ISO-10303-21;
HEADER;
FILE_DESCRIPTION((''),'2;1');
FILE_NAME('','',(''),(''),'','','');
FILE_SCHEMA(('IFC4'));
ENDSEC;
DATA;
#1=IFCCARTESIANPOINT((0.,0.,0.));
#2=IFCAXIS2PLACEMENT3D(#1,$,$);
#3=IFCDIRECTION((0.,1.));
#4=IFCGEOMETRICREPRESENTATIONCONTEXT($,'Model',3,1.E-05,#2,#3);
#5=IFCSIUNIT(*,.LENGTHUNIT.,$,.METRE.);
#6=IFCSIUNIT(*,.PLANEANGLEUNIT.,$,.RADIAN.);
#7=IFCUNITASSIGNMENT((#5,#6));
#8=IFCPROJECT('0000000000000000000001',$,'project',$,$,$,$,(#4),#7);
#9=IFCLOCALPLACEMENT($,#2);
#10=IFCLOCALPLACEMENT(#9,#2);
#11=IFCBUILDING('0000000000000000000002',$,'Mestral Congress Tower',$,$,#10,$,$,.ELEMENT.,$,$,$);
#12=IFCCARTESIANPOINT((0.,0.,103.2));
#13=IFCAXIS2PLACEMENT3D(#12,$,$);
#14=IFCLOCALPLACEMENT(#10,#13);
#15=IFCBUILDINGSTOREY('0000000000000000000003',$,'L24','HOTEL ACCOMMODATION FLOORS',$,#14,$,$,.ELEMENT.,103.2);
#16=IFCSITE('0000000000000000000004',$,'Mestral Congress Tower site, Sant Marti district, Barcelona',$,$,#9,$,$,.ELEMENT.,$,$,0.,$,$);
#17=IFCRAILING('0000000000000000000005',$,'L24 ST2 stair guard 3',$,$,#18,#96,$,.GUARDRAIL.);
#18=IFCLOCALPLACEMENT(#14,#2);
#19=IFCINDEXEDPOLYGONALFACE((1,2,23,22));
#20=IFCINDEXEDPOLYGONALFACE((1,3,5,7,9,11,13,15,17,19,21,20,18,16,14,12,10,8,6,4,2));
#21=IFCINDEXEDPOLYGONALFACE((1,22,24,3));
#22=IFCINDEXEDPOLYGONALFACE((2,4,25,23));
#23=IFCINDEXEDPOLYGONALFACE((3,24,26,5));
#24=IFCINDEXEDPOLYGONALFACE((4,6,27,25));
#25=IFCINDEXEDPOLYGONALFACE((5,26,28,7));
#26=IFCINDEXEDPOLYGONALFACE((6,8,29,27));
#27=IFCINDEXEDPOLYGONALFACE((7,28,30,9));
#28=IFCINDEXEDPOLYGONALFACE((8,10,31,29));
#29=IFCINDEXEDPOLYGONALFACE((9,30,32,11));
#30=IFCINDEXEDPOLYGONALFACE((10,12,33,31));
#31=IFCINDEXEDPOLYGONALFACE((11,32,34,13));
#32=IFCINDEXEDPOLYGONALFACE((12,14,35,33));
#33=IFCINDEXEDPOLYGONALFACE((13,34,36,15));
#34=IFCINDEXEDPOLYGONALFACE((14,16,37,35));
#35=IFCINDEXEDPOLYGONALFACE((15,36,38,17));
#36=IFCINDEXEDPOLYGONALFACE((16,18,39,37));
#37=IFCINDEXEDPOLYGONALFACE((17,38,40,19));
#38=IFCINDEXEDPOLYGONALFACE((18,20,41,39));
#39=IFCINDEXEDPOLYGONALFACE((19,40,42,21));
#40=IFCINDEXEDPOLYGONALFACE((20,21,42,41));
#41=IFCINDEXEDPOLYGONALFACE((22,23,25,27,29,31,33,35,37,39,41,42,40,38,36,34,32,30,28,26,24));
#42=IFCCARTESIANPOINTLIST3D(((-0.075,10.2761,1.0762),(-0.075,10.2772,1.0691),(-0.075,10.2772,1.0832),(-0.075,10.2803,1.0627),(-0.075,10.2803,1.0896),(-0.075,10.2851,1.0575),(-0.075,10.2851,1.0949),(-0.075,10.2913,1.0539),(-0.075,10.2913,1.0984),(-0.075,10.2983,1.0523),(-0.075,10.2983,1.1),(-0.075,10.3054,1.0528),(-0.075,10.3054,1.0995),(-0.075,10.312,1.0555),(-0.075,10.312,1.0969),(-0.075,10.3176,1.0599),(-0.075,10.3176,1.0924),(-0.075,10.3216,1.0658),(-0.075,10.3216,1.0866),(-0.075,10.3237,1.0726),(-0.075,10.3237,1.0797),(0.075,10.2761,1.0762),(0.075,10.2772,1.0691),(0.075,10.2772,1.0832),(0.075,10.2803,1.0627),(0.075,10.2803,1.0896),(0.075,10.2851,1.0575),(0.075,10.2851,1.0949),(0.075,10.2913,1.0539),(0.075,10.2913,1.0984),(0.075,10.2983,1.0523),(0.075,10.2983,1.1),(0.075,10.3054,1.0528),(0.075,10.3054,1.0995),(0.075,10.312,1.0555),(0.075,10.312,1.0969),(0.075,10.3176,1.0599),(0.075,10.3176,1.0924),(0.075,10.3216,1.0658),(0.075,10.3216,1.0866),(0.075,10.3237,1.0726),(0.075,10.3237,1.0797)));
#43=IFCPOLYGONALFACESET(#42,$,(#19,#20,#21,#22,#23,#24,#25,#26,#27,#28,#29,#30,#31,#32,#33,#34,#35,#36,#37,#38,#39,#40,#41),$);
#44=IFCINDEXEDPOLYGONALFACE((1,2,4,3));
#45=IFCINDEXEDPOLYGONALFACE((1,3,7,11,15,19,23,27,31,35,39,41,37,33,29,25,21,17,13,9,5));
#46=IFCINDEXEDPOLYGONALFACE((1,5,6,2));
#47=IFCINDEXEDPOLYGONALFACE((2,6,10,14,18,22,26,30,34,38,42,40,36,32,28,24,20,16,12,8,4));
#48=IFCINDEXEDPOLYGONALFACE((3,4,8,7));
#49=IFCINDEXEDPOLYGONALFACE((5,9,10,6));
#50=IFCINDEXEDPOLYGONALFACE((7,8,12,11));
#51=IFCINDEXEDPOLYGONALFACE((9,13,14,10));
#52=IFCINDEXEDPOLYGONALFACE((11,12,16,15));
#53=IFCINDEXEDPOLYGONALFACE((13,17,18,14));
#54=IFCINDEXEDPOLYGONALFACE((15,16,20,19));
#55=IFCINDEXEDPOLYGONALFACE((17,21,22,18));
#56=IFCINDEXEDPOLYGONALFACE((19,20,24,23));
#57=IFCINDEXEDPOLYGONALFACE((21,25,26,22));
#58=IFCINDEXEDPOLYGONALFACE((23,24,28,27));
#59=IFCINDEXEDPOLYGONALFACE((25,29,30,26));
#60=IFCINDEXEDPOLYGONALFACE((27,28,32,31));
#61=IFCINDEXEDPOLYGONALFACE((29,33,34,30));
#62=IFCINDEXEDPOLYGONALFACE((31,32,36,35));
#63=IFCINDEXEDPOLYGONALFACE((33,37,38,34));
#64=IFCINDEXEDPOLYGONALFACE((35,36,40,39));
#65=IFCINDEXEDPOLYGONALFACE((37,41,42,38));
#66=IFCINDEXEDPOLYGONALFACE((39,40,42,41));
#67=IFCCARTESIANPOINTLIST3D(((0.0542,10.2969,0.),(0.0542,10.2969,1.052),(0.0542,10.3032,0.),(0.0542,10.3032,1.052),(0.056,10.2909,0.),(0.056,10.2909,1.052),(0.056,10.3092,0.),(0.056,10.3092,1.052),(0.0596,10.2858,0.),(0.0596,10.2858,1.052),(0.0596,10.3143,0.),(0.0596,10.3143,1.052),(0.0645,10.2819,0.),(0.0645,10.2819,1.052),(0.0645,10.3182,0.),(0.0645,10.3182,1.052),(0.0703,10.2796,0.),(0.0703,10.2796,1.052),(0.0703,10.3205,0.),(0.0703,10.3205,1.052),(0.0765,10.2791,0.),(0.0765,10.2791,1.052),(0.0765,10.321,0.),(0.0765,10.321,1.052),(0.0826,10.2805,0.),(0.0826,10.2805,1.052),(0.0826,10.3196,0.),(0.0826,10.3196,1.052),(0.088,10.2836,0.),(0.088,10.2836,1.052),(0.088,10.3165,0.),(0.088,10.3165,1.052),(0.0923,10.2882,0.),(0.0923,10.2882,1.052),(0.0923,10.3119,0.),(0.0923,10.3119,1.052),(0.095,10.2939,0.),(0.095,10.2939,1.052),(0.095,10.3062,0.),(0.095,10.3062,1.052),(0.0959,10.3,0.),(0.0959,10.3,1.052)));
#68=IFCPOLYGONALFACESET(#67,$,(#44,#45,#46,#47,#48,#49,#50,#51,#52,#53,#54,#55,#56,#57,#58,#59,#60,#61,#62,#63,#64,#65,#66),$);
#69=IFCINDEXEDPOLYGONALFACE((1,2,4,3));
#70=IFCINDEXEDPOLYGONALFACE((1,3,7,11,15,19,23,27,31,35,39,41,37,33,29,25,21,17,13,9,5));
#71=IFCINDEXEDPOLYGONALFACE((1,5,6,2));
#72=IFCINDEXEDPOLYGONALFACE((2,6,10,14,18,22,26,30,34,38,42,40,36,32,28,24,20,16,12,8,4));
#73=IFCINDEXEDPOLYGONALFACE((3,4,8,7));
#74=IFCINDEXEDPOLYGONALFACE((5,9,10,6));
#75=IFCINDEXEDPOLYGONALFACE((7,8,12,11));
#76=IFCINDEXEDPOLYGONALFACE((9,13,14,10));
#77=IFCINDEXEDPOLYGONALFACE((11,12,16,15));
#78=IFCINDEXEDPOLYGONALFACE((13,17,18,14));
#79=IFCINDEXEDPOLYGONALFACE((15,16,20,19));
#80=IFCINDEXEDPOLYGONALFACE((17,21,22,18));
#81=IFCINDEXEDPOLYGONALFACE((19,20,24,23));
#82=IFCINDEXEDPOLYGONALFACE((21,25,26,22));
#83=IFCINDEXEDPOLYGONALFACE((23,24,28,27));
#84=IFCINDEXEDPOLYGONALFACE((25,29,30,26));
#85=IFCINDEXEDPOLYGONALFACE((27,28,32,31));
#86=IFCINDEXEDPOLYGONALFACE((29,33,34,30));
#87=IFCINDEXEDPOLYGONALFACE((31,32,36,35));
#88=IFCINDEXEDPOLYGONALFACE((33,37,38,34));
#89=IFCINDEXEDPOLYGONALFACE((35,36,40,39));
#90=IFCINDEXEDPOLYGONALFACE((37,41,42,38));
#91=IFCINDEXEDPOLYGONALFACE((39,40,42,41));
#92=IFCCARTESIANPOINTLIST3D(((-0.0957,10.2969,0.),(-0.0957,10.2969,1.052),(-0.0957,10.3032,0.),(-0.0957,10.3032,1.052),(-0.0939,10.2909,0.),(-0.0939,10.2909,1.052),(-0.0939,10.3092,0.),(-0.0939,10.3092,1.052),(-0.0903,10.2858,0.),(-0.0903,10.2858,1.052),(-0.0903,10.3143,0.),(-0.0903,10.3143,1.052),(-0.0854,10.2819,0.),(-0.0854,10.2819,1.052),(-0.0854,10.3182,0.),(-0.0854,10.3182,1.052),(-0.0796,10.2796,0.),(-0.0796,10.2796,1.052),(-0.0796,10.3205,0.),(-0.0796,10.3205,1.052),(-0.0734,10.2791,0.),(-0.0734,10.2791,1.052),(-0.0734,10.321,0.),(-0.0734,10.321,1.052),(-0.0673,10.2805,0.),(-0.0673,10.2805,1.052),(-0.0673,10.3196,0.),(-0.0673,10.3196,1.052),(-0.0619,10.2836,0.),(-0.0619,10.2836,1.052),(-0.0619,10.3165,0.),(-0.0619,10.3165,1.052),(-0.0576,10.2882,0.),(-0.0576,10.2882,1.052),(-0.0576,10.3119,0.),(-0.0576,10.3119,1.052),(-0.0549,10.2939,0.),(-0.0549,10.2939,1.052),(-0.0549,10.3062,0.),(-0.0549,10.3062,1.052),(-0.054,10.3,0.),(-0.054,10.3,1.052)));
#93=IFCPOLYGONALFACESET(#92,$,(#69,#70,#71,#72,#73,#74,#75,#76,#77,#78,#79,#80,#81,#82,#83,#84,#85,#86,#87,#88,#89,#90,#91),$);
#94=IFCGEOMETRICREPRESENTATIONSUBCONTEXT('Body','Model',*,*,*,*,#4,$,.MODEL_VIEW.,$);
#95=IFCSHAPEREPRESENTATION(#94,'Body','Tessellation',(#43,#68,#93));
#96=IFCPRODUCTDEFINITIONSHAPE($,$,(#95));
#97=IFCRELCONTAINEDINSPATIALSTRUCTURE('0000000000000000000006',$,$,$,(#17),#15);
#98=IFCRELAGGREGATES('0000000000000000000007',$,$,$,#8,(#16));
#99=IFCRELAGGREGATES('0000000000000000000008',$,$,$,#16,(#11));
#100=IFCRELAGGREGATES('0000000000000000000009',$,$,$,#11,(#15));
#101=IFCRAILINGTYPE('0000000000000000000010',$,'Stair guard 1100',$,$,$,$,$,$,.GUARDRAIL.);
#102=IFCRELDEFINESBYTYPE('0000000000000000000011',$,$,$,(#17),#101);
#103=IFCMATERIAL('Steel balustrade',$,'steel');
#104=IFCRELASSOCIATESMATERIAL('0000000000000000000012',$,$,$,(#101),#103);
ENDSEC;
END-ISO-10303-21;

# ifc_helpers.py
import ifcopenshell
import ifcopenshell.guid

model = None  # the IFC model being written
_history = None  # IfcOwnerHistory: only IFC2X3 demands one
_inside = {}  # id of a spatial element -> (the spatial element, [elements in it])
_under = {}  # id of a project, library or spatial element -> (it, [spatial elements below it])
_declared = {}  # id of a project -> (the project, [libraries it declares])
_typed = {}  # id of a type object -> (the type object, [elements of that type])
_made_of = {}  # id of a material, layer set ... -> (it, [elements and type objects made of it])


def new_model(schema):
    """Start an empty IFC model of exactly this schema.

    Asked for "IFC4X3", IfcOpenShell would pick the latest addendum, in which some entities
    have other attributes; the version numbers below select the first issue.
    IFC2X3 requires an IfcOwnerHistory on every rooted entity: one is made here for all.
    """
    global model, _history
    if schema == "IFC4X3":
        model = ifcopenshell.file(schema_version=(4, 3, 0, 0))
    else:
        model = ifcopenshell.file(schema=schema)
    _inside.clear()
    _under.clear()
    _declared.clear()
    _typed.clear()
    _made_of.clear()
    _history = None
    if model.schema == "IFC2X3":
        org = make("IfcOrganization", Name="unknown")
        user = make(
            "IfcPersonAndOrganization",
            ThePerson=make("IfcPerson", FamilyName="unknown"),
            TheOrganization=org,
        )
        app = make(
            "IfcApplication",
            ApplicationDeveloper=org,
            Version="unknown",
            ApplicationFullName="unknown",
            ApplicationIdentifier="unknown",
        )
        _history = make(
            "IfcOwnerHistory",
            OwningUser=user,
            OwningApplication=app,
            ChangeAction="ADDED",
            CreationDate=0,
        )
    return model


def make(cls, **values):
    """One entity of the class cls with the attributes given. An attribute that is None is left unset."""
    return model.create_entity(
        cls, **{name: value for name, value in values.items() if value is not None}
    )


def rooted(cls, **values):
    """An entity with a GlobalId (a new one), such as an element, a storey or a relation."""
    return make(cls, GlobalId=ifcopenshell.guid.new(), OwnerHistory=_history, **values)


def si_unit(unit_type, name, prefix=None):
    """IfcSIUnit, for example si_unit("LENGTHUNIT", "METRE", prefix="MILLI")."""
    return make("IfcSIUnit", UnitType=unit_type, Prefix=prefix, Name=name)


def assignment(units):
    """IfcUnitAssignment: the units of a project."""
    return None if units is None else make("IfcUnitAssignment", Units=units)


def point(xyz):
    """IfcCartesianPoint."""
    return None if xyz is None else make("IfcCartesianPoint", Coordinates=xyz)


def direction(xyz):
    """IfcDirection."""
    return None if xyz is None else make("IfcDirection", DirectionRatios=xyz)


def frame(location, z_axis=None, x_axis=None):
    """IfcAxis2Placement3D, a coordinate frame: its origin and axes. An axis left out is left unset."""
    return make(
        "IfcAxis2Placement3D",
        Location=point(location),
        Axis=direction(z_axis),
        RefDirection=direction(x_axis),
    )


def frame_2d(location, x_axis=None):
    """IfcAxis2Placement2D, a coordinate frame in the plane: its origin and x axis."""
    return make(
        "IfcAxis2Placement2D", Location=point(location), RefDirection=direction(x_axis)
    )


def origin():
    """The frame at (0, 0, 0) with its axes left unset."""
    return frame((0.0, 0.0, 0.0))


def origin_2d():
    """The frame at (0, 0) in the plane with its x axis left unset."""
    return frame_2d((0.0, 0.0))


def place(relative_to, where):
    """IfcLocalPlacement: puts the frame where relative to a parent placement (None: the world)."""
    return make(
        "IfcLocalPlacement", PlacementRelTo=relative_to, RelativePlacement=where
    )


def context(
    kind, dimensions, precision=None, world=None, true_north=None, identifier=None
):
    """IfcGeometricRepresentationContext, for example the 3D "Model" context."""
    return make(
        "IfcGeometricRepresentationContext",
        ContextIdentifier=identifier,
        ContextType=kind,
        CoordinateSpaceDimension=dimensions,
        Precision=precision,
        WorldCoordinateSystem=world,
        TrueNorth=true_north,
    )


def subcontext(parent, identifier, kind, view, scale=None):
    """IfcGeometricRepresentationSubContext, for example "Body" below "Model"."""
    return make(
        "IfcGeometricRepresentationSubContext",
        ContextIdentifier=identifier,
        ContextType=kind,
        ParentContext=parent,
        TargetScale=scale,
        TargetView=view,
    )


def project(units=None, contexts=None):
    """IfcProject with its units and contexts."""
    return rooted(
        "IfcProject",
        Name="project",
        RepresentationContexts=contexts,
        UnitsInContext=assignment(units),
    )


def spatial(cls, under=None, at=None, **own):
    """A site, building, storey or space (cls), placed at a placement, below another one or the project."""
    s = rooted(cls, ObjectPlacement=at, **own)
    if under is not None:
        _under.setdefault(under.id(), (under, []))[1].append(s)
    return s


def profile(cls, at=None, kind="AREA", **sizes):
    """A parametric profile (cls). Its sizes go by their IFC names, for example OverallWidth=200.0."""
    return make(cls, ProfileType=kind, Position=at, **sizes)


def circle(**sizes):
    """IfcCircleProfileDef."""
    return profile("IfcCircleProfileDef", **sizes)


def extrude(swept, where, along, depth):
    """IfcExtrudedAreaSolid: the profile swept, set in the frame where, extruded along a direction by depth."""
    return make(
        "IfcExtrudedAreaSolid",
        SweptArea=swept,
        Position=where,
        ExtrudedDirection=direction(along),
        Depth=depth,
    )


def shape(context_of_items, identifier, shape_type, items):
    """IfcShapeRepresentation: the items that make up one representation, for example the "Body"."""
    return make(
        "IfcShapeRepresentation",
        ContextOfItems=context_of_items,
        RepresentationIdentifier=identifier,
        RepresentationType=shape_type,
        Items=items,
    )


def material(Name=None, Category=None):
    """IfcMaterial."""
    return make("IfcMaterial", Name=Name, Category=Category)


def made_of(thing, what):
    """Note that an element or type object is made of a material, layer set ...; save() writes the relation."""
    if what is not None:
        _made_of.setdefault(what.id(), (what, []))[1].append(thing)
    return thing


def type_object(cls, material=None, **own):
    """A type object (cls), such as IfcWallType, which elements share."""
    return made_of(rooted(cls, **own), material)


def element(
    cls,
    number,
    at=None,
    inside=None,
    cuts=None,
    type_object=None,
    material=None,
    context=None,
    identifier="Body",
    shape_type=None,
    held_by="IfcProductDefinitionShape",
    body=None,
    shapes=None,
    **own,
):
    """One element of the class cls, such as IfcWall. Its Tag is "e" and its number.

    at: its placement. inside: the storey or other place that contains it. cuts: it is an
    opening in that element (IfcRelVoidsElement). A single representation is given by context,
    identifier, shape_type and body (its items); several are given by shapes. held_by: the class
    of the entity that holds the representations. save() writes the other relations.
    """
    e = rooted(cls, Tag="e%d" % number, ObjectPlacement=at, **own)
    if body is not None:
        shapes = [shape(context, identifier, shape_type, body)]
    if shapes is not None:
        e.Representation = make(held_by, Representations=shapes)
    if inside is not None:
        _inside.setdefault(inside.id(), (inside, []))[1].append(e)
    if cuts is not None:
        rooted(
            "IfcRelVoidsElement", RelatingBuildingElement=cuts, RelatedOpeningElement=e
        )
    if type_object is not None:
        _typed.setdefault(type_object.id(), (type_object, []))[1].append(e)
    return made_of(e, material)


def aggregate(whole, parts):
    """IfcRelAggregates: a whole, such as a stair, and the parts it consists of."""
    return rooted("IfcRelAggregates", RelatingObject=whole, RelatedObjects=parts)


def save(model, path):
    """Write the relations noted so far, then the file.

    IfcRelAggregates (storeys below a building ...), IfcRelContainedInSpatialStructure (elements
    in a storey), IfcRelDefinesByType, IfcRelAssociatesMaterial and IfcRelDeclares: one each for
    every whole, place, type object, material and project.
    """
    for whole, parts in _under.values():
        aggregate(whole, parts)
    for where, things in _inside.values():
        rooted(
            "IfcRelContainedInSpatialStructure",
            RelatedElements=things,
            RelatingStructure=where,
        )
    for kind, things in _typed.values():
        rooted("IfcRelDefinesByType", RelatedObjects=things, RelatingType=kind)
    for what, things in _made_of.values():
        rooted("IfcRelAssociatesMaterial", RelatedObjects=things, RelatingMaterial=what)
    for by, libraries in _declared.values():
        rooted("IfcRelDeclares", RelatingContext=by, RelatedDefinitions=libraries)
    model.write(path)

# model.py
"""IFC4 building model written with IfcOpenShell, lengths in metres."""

from ifc_helpers import new_model, si_unit, direction, frame, origin, origin_2d, place, context, subcontext, project, spatial, circle, extrude, material, type_object, element, save


model = new_model("IFC4")

# Units and contexts
model_context = context("Model", 3, precision=1e-05, world=origin(), true_north=direction((0.0, 1.0)))
body_context = subcontext(model_context, "Body", "Model", "MODEL_VIEW")
ifc_project = project(units=[si_unit("LENGTHUNIT", "METRE"), si_unit("PLANEANGLEUNIT", "RADIAN")], contexts=[model_context])

# Site, building, storey
site_placement = place(None, origin())
site = spatial("IfcSite", under=ifc_project, at=site_placement, Name="Mestral Congress Tower site, Sant Marti district, Barcelona", CompositionType="ELEMENT", RefElevation=0.0)
building_placement = place(site_placement, origin())
building = spatial("IfcBuilding", under=site, at=building_placement, Name="Mestral Congress Tower", CompositionType="ELEMENT")
storey_placement = place(building_placement, frame((0.0, 0.0, 103.2)))
storey = spatial("IfcBuildingStorey", under=building, at=storey_placement, Name="L24", Description="HOTEL ACCOMMODATION FLOORS", CompositionType="ELEMENT", Elevation=103.2)

# Railing
ifc_material_1 = material(Name="Steel balustrade", Category="steel")
railing_type = type_object("IfcRailingType", Name="Stair guard 1100", PredefinedType="GUARDRAIL", material=ifc_material_1)
railing_1_placement = place(storey_placement, frame((0.075, 10.3, 0.0)))
element("IfcRailing", 1, at=railing_1_placement, inside=storey, type_object=railing_type, Name="L24 ST2 stair guard 3", PredefinedType="GUARDRAIL", context=body_context, shape_type="SweptSolid", body=[
    extrude(circle(Radius=0.0239, at=origin_2d()), frame((0.0, 0.0, 1.0762), z_axis=(-1.0, 0.0, 0.0), x_axis=(0.0, -1.0, 0.0)), (0.0, 0.0, 1.0), 0.1499),
    extrude(circle(Radius=0.021, at=origin_2d()), origin(), (0.0, 0.0, 1.0), 1.052),
    extrude(circle(Radius=0.021, at=origin_2d()), frame((-0.1499, 0.0, 0.0)), (0.0, 0.0, 1.0), 1.052),
])

save(model, "model.ifc")
